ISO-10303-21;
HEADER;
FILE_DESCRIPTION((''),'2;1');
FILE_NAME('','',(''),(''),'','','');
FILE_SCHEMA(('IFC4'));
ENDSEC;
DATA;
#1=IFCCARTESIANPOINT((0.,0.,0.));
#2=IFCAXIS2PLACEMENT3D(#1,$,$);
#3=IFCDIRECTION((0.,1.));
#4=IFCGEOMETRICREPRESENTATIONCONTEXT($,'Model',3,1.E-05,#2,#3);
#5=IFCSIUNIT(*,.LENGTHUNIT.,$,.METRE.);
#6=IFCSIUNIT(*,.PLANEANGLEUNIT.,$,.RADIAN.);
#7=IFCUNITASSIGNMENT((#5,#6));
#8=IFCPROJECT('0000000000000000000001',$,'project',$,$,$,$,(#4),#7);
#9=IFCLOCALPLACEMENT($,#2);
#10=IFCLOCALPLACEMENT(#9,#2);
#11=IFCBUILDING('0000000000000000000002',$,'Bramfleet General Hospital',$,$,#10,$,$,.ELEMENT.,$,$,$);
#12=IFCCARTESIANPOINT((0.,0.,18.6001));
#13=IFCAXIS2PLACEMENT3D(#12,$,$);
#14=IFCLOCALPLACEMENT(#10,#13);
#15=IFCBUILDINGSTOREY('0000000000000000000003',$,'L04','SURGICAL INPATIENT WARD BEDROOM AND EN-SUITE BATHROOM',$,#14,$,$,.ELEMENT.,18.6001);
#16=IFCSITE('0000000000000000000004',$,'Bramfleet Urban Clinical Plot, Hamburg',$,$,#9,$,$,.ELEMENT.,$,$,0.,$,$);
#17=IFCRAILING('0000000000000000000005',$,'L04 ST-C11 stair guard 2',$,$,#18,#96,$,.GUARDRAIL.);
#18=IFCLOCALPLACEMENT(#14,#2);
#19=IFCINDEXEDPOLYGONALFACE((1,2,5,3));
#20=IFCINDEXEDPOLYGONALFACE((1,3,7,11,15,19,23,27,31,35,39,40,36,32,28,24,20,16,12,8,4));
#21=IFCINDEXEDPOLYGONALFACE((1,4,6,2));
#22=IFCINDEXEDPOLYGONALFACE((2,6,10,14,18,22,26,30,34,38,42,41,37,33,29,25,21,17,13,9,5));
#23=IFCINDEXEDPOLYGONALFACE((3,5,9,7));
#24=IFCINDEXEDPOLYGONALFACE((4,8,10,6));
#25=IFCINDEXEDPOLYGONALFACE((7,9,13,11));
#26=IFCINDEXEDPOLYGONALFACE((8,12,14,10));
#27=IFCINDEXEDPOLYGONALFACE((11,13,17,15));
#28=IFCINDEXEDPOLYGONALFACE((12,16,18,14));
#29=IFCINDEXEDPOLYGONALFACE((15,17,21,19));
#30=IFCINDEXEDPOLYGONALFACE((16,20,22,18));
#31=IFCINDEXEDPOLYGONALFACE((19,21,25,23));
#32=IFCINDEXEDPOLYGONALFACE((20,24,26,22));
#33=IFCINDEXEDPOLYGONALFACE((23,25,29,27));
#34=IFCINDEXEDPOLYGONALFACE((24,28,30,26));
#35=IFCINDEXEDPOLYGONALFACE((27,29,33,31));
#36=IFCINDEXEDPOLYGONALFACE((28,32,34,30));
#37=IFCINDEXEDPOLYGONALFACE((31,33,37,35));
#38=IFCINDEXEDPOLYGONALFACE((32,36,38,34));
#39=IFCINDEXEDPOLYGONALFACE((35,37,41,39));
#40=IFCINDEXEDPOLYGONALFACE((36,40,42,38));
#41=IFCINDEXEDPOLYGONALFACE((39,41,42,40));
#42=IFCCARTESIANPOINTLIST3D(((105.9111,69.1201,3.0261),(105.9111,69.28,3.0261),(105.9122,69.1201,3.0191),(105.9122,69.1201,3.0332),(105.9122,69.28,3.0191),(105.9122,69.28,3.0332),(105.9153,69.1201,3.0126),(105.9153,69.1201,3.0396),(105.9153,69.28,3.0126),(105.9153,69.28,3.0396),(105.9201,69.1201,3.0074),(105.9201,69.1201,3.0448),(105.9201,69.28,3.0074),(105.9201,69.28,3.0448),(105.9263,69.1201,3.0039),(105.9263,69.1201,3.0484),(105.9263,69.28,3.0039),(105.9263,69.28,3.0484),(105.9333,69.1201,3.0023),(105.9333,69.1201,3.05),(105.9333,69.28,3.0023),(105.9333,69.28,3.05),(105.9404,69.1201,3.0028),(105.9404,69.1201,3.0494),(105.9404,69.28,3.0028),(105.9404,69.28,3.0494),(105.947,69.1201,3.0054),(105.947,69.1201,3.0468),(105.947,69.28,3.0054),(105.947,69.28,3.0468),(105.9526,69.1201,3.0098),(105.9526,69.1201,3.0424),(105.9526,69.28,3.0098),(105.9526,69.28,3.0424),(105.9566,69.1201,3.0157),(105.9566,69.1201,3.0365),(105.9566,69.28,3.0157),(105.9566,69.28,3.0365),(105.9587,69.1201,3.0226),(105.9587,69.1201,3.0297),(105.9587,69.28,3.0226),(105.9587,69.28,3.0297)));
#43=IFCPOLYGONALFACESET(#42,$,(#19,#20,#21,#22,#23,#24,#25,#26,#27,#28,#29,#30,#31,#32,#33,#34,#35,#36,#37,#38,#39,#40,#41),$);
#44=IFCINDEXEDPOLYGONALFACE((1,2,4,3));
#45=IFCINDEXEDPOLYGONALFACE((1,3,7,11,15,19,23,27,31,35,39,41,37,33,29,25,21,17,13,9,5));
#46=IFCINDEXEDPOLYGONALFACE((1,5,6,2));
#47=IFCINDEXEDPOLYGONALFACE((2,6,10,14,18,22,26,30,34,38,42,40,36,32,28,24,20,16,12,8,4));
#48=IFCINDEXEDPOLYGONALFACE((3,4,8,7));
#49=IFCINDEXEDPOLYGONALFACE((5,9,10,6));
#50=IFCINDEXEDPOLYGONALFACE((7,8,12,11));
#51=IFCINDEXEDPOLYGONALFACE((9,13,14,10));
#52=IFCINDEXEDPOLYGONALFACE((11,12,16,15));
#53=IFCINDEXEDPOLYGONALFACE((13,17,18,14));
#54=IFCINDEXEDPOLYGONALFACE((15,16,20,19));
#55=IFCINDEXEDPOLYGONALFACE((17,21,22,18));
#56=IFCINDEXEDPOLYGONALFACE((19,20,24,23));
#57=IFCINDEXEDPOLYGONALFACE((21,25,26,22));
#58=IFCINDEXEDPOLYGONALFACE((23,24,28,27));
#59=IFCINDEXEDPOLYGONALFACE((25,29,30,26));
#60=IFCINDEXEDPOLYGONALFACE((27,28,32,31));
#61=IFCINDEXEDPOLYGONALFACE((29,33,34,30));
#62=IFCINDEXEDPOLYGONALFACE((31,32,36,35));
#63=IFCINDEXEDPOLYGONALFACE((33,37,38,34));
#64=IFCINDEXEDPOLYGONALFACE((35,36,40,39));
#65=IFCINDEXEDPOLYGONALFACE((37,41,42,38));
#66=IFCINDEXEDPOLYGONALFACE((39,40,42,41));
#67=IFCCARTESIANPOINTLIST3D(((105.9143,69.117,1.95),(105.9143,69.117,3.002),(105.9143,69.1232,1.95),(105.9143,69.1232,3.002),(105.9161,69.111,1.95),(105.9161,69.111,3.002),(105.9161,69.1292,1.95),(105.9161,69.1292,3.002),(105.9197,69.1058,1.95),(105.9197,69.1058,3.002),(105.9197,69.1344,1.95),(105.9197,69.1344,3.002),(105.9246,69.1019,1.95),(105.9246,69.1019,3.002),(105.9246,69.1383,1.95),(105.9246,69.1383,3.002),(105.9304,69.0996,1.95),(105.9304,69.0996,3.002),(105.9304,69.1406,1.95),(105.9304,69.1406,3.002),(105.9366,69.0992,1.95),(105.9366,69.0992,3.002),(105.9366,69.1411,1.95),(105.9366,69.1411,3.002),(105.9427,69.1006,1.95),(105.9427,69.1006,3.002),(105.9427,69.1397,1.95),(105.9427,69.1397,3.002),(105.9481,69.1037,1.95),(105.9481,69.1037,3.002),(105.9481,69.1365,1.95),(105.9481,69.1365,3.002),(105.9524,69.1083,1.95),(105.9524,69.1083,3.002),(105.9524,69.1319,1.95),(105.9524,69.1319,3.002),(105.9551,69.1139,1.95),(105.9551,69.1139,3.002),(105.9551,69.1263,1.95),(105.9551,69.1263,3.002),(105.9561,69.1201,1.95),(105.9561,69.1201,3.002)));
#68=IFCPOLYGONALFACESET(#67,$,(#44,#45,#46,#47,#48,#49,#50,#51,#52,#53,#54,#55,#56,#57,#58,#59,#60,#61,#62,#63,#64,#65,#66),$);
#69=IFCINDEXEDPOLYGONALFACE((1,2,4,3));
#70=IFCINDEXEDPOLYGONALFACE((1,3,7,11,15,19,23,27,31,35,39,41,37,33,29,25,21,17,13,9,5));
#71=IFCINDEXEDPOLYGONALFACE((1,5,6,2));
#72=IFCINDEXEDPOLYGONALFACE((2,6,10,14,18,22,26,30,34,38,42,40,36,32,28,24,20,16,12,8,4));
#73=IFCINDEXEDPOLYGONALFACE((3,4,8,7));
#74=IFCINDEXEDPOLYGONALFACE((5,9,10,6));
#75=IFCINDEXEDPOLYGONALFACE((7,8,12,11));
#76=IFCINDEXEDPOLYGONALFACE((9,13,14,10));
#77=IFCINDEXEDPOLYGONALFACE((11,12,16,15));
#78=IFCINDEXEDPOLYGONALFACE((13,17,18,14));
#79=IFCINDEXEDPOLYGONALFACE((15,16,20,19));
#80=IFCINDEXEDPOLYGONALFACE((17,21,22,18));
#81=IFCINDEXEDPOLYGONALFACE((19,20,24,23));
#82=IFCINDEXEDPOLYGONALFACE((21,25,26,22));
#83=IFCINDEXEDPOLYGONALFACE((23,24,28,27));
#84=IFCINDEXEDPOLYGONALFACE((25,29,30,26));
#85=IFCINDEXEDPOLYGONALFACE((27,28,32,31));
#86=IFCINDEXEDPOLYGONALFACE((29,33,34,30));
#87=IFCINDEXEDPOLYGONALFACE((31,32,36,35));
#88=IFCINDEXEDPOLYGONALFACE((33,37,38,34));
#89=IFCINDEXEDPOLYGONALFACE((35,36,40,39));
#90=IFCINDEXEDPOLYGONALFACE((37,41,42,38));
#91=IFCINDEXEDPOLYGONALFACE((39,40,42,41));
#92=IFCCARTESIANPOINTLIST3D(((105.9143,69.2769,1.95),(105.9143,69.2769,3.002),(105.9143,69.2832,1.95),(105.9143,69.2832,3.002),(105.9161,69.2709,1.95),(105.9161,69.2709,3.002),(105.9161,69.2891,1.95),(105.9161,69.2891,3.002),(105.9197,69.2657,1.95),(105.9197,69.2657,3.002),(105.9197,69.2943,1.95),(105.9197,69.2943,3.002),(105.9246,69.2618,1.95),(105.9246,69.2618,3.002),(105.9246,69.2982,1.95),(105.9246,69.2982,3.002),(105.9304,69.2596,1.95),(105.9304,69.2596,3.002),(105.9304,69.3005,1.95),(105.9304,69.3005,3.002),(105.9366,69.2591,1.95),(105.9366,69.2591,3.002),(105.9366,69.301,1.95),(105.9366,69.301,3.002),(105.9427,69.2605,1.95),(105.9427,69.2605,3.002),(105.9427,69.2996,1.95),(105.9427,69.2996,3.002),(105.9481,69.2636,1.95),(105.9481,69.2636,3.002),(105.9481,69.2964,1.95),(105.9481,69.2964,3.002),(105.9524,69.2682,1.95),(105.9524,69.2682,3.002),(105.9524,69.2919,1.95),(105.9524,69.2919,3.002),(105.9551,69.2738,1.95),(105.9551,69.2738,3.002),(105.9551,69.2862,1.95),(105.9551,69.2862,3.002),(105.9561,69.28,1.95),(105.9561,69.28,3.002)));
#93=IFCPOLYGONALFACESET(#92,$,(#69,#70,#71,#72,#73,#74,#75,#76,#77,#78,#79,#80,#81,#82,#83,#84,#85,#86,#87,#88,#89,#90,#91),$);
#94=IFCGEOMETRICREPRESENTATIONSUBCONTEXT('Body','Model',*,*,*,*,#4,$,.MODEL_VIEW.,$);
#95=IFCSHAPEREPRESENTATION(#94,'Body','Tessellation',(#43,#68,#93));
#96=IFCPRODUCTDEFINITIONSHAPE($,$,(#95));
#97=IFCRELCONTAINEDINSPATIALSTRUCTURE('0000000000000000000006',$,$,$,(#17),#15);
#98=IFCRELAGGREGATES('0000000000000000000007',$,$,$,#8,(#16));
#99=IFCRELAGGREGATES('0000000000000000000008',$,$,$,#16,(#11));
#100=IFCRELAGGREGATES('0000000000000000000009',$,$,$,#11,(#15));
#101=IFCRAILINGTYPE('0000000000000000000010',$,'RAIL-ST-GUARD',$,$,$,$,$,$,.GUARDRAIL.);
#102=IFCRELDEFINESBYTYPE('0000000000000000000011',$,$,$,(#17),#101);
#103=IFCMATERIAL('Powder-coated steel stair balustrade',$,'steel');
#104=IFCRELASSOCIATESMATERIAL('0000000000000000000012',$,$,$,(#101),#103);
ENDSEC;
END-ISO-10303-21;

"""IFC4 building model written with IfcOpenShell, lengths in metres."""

from ifc_helpers import new_model, si_unit, direction, frame, origin, origin_2d, place, context, subcontext, project, spatial, circle, extrude, material, type_object, element, save


model = new_model("IFC4")

# Units and contexts
model_context = context("Model", 3, precision=1e-05, world=origin(), true_north=direction((0.0, 1.0)))
body_context = subcontext(model_context, "Body", "Model", "MODEL_VIEW")
ifc_project = project(units=[si_unit("LENGTHUNIT", "METRE"), si_unit("PLANEANGLEUNIT", "RADIAN")], contexts=[model_context])

# Site, building, storey
site_placement = place(None, origin())
site = spatial("IfcSite", under=ifc_project, at=site_placement, Name="Bramfleet Urban Clinical Plot, Hamburg", CompositionType="ELEMENT", RefElevation=0.0)
building_placement = place(site_placement, origin())
building = spatial("IfcBuilding", under=site, at=building_placement, Name="Bramfleet General Hospital", CompositionType="ELEMENT")
storey_placement = place(building_placement, frame((0.0, 0.0, 18.6001)))
storey = spatial("IfcBuildingStorey", under=building, at=storey_placement, Name="L04", Description="SURGICAL INPATIENT WARD BEDROOM AND EN-SUITE BATHROOM", CompositionType="ELEMENT", Elevation=18.6001)

# Railing
ifc_material_1 = material(Name="Powder-coated steel stair balustrade", Category="steel")
railing_type_1 = type_object("IfcRailingType", Name="RAIL-ST-GUARD", PredefinedType="GUARDRAIL", material=ifc_material_1)
railing_1_placement = place(storey_placement, frame((105.9351, 69.1201, 1.95)))
element("IfcRailing", 1, at=railing_1_placement, inside=storey, type_object=railing_type_1, Name="L04 ST-C11 stair guard 2", PredefinedType="GUARDRAIL", context=body_context, shape_type="SweptSolid", body=[
    extrude(circle(Radius=0.0239, at=origin_2d()), frame((0.0, 0.0, 1.0762), z_axis=(0.0, 1.0, 0.0), x_axis=(-1.0, 0.0, 0.0)), (0.0, 0.0, 1.0), 0.1599),
    extrude(circle(Radius=0.021, at=origin_2d()), origin(), (0.0, 0.0, 1.0), 1.052),
    extrude(circle(Radius=0.021, at=origin_2d()), frame((0.0, 0.1599, 0.0)), (0.0, 0.0, 1.0), 1.052),
])

save(model, "model.ifc")
